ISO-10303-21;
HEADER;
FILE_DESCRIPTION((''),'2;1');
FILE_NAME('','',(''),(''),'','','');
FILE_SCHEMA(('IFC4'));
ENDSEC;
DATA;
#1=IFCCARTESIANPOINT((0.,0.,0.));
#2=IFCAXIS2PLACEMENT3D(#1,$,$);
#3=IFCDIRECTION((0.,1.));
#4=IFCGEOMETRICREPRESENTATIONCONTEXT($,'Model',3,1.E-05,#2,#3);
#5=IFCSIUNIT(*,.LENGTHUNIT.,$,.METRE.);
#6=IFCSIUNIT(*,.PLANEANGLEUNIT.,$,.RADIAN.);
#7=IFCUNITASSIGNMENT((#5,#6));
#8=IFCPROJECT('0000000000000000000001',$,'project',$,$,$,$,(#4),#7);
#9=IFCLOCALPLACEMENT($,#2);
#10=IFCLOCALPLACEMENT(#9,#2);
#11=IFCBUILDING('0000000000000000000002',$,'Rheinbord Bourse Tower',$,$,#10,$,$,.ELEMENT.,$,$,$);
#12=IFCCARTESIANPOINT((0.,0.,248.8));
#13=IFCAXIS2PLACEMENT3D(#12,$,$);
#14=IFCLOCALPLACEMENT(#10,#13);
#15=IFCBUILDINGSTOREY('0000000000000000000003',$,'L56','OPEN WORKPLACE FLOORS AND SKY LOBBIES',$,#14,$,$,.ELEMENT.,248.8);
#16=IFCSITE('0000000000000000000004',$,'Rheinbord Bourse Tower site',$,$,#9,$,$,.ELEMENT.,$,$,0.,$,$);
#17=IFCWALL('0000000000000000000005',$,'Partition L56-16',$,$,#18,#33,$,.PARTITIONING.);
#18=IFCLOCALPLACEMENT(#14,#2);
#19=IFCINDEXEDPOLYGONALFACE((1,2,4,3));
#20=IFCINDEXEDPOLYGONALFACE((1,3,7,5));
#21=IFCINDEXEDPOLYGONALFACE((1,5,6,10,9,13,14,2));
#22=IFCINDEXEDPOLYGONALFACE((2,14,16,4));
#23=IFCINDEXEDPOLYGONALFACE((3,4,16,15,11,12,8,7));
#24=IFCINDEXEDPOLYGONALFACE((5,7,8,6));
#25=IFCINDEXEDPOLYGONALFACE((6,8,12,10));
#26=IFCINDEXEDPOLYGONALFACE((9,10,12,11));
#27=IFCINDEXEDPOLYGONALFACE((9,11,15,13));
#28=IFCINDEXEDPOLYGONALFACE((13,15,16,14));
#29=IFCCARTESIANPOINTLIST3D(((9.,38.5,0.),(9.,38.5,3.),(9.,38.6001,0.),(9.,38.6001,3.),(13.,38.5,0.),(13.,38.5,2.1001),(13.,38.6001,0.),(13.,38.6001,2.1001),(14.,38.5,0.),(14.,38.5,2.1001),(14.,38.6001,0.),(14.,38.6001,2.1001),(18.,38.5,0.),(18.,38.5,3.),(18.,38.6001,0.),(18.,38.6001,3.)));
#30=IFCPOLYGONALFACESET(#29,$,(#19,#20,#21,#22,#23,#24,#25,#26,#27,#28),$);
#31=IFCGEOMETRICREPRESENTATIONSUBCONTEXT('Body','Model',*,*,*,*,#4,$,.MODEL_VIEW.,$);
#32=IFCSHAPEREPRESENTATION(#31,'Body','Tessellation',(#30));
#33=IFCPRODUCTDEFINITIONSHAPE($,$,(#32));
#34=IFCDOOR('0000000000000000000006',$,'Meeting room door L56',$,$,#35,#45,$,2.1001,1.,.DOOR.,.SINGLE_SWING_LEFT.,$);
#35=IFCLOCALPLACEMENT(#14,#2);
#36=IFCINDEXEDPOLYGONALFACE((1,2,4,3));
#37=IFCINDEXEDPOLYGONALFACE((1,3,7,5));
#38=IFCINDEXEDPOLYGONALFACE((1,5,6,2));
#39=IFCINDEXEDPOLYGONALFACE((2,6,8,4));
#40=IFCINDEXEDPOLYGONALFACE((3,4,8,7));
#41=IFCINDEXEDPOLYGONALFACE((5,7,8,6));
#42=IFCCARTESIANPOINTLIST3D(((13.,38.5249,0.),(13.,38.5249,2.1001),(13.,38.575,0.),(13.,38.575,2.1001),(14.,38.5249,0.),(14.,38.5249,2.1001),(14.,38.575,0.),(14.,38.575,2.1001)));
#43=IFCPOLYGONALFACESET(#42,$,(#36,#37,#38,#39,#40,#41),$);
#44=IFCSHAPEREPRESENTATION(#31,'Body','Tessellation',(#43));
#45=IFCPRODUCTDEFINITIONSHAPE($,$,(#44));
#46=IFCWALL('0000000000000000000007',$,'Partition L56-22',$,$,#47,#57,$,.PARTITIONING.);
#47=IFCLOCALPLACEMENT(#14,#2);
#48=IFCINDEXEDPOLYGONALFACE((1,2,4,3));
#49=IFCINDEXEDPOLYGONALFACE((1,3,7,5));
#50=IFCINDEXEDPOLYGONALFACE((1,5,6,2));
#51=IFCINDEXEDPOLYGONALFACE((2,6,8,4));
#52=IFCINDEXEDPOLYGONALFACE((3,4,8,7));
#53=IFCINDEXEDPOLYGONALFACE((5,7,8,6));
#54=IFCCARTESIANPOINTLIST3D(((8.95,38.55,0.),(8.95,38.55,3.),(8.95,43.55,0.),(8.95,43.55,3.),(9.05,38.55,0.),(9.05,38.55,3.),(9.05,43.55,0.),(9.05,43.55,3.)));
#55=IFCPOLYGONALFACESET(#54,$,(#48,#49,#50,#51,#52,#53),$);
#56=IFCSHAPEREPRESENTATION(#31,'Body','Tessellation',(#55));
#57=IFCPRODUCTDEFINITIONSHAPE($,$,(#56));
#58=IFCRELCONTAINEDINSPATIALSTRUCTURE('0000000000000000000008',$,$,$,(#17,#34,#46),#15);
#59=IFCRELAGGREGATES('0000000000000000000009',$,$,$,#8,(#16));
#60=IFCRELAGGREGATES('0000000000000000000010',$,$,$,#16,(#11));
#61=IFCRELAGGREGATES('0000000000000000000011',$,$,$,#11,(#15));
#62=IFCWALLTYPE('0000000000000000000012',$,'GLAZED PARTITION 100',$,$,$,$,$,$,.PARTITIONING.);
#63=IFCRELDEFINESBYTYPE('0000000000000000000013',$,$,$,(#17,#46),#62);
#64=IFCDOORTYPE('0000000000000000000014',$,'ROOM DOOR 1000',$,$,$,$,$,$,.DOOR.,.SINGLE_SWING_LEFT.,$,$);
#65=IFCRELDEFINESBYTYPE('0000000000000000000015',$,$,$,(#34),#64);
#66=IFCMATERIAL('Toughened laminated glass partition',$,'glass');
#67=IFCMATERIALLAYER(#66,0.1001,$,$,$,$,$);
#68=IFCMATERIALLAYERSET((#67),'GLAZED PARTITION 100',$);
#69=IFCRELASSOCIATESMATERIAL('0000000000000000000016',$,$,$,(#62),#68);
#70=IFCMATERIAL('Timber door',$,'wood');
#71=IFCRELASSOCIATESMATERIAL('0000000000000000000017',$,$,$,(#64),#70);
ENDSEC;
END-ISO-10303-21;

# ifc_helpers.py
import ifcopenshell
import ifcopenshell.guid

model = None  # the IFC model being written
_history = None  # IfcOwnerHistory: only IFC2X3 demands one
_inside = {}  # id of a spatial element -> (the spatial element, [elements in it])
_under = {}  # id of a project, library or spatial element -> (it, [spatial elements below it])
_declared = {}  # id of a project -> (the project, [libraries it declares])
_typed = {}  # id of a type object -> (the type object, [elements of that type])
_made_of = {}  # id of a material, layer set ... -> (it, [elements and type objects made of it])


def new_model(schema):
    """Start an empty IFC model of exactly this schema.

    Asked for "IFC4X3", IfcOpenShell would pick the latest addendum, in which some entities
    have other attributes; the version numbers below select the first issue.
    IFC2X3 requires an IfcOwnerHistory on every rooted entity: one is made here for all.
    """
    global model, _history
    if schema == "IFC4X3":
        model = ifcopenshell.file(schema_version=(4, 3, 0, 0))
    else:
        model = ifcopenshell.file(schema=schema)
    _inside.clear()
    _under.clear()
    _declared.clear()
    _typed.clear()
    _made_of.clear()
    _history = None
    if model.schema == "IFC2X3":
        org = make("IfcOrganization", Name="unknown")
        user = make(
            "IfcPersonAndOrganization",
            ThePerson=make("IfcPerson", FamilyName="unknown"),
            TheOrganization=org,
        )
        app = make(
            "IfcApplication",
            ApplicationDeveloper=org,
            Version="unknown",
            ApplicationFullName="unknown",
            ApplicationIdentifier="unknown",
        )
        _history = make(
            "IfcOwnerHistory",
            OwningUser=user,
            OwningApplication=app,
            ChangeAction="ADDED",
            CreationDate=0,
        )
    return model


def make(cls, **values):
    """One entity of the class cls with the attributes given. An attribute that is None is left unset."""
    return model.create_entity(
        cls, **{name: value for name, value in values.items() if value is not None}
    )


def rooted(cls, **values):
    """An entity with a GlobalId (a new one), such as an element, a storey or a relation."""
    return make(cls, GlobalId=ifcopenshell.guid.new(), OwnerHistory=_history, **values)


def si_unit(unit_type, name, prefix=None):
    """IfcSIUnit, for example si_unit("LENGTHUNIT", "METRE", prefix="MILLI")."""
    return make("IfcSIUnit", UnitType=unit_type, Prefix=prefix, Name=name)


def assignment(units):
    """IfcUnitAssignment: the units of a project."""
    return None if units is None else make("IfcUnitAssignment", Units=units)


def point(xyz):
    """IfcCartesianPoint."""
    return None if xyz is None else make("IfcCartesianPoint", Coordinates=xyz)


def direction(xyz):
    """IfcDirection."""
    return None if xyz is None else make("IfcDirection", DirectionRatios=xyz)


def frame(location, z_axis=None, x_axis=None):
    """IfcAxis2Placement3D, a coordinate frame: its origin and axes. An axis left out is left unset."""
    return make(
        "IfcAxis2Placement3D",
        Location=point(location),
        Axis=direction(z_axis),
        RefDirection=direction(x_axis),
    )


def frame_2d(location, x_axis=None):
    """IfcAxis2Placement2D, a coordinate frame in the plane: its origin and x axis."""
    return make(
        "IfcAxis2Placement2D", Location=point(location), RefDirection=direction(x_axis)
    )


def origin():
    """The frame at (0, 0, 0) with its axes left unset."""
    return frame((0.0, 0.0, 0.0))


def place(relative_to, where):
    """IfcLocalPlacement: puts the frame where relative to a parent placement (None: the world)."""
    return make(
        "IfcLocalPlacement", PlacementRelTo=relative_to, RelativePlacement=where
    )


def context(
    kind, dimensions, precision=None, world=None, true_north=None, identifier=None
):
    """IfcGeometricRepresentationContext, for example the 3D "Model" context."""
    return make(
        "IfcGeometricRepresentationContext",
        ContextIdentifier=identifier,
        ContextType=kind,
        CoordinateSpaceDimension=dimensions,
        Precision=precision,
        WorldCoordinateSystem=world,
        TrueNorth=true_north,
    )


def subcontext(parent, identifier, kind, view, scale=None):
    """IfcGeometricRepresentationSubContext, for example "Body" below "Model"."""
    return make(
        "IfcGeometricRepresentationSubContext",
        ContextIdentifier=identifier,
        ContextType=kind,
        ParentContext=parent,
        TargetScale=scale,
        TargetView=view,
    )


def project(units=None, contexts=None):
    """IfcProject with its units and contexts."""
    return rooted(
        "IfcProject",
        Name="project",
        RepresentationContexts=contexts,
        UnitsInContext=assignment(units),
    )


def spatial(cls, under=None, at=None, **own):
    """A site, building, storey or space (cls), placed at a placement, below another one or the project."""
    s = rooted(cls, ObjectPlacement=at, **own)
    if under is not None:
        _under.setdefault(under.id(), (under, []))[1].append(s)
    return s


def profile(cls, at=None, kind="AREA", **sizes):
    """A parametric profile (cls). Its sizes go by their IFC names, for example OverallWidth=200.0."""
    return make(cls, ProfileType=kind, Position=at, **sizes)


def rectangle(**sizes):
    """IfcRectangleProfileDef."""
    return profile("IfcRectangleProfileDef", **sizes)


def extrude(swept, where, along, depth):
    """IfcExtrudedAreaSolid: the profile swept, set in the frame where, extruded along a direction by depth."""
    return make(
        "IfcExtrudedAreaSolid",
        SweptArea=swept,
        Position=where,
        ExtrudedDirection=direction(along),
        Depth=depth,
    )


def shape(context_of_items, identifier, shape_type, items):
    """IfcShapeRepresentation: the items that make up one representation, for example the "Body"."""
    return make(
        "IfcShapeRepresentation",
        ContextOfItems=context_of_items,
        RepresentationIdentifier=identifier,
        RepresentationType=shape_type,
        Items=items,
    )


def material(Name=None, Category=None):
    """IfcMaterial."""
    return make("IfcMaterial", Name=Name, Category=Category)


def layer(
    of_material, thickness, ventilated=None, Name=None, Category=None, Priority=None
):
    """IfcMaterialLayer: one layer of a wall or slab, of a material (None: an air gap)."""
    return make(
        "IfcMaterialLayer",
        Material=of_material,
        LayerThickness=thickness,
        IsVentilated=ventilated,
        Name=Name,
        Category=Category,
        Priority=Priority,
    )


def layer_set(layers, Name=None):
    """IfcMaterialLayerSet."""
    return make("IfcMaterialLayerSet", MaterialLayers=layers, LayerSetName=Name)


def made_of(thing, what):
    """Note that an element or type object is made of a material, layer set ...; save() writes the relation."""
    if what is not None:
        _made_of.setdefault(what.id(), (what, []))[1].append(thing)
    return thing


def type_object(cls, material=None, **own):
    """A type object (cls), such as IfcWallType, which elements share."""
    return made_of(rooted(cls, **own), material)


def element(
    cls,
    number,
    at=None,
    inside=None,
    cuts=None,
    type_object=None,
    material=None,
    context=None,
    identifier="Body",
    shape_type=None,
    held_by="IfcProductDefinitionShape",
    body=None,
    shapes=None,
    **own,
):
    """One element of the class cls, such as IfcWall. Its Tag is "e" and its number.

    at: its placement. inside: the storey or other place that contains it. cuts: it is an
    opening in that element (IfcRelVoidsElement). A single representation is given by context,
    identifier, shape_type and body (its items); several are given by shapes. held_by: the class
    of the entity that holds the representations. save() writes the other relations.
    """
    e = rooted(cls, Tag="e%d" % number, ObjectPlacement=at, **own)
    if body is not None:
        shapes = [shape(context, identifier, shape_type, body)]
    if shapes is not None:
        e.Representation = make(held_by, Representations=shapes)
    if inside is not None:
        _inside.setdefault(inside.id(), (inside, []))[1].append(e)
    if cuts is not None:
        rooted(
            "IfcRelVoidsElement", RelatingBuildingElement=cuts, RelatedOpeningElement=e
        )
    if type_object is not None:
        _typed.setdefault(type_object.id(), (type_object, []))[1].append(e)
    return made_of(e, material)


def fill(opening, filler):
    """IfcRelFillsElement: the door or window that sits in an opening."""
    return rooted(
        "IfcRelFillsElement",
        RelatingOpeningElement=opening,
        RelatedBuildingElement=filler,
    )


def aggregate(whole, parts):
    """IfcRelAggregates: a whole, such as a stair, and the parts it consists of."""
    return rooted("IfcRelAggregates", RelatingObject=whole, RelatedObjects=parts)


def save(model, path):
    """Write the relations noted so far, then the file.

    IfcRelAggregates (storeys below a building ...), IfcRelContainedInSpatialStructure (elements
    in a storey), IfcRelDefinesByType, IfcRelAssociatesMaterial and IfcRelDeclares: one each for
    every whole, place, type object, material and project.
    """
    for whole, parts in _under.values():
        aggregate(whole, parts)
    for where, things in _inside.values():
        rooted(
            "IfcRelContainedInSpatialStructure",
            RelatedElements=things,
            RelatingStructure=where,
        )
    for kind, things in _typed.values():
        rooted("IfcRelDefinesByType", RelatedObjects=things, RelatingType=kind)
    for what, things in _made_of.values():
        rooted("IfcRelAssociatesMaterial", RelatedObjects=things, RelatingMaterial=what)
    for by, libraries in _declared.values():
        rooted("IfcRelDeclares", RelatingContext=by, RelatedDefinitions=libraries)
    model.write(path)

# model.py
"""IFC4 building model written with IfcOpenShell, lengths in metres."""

from ifc_helpers import new_model, si_unit, direction, frame, frame_2d, origin, place, context, subcontext, project, spatial, rectangle, extrude, material, layer, layer_set, type_object, element, fill, save


model = new_model("IFC4")

# Units and contexts
model_context = context("Model", 3, precision=1e-05, world=origin(), true_north=direction((0.0, 1.0)))
body_context = subcontext(model_context, "Body", "Model", "MODEL_VIEW")
ifc_project = project(units=[si_unit("LENGTHUNIT", "METRE"), si_unit("PLANEANGLEUNIT", "RADIAN")], contexts=[model_context])

# Site, building, storey
site_placement = place(None, origin())
site = spatial("IfcSite", under=ifc_project, at=site_placement, Name="Rheinbord Bourse Tower site", CompositionType="ELEMENT", RefElevation=0.0)
building_placement = place(site_placement, origin())
building = spatial("IfcBuilding", under=site, at=building_placement, Name="Rheinbord Bourse Tower", CompositionType="ELEMENT")
storey_placement = place(building_placement, frame((0.0, 0.0, 248.8)))
storey = spatial("IfcBuildingStorey", under=building, at=storey_placement, Name="L56", Description="OPEN WORKPLACE FLOORS AND SKY LOBBIES", CompositionType="ELEMENT", Elevation=248.8)

# Wall, opening, door
ifc_material_1 = material(Name="Toughened laminated glass partition", Category="glass")
ifc_layer_1 = layer(ifc_material_1, 0.1001)
ifc_layer_set_1 = layer_set([ifc_layer_1], Name="GLAZED PARTITION 100")
wall_type_1 = type_object("IfcWallType", Name="GLAZED PARTITION 100", PredefinedType="PARTITIONING", material=ifc_layer_set_1)
wall_1_placement = place(storey_placement, frame((9.0, 38.55, 0.0), z_axis=(0.0, 0.0, 1.0), x_axis=(1.0, 0.0, 0.0)))
wall_1 = element("IfcWall", 1, at=wall_1_placement, inside=storey, type_object=wall_type_1, Name="Partition L56-16", PredefinedType="PARTITIONING", context=body_context, shape_type="SweptSolid", body=[
    extrude(rectangle(XDim=9.0, YDim=0.1001, at=frame_2d((4.5, 0.0))), origin(), (0.0, 0.0, 1.0), 3.0),
])
opening_placement = place(wall_1_placement, frame((4.0, 0.0, 0.0)))
opening = element("IfcOpeningElement", 2, at=opening_placement, cuts=wall_1, PredefinedType="OPENING", context=body_context, shape_type="SweptSolid", body=[
    extrude(rectangle(XDim=1.0, YDim=2.1001, at=frame_2d((0.5, 1.05))), frame((0.0, 0.0601, 0.0), z_axis=(0.0, -1.0, 0.0), x_axis=(1.0, 0.0, 0.0)), (0.0, 0.0, 1.0), 0.1201),
])
ifc_material_2 = material(Name="Timber door", Category="wood")
door_type = type_object("IfcDoorType", Name="ROOM DOOR 1000", OperationType="SINGLE_SWING_LEFT", PredefinedType="DOOR", material=ifc_material_2)
door_placement = place(opening_placement, origin())
door = element("IfcDoor", 3, at=door_placement, inside=storey, type_object=door_type, Name="Meeting room door L56", OperationType="SINGLE_SWING_LEFT", OverallHeight=2.1001, OverallWidth=1.0, PredefinedType="DOOR", context=body_context, shape_type="SweptSolid", body=[
    extrude(rectangle(XDim=1.0, YDim=2.1001, at=frame_2d((0.5, 1.05))), frame((0.0, 0.0249, 0.0), z_axis=(0.0, -1.0, 0.0), x_axis=(1.0, 0.0, 0.0)), (0.0, 0.0, 1.0), 0.05),
])
fill(opening, door)

# Wall
wall_2_placement = place(storey_placement, frame((9.0, 38.55, 0.0), z_axis=(0.0, 0.0, 1.0), x_axis=(0.0, 1.0, 0.0)))
element("IfcWall", 4, at=wall_2_placement, inside=storey, type_object=wall_type_1, Name="Partition L56-22", PredefinedType="PARTITIONING", context=body_context, shape_type="SweptSolid", body=[
    extrude(rectangle(XDim=5.0, YDim=0.1001, at=frame_2d((2.5, 0.0))), origin(), (0.0, 0.0, 1.0), 3.0),
])

save(model, "model.ifc")
